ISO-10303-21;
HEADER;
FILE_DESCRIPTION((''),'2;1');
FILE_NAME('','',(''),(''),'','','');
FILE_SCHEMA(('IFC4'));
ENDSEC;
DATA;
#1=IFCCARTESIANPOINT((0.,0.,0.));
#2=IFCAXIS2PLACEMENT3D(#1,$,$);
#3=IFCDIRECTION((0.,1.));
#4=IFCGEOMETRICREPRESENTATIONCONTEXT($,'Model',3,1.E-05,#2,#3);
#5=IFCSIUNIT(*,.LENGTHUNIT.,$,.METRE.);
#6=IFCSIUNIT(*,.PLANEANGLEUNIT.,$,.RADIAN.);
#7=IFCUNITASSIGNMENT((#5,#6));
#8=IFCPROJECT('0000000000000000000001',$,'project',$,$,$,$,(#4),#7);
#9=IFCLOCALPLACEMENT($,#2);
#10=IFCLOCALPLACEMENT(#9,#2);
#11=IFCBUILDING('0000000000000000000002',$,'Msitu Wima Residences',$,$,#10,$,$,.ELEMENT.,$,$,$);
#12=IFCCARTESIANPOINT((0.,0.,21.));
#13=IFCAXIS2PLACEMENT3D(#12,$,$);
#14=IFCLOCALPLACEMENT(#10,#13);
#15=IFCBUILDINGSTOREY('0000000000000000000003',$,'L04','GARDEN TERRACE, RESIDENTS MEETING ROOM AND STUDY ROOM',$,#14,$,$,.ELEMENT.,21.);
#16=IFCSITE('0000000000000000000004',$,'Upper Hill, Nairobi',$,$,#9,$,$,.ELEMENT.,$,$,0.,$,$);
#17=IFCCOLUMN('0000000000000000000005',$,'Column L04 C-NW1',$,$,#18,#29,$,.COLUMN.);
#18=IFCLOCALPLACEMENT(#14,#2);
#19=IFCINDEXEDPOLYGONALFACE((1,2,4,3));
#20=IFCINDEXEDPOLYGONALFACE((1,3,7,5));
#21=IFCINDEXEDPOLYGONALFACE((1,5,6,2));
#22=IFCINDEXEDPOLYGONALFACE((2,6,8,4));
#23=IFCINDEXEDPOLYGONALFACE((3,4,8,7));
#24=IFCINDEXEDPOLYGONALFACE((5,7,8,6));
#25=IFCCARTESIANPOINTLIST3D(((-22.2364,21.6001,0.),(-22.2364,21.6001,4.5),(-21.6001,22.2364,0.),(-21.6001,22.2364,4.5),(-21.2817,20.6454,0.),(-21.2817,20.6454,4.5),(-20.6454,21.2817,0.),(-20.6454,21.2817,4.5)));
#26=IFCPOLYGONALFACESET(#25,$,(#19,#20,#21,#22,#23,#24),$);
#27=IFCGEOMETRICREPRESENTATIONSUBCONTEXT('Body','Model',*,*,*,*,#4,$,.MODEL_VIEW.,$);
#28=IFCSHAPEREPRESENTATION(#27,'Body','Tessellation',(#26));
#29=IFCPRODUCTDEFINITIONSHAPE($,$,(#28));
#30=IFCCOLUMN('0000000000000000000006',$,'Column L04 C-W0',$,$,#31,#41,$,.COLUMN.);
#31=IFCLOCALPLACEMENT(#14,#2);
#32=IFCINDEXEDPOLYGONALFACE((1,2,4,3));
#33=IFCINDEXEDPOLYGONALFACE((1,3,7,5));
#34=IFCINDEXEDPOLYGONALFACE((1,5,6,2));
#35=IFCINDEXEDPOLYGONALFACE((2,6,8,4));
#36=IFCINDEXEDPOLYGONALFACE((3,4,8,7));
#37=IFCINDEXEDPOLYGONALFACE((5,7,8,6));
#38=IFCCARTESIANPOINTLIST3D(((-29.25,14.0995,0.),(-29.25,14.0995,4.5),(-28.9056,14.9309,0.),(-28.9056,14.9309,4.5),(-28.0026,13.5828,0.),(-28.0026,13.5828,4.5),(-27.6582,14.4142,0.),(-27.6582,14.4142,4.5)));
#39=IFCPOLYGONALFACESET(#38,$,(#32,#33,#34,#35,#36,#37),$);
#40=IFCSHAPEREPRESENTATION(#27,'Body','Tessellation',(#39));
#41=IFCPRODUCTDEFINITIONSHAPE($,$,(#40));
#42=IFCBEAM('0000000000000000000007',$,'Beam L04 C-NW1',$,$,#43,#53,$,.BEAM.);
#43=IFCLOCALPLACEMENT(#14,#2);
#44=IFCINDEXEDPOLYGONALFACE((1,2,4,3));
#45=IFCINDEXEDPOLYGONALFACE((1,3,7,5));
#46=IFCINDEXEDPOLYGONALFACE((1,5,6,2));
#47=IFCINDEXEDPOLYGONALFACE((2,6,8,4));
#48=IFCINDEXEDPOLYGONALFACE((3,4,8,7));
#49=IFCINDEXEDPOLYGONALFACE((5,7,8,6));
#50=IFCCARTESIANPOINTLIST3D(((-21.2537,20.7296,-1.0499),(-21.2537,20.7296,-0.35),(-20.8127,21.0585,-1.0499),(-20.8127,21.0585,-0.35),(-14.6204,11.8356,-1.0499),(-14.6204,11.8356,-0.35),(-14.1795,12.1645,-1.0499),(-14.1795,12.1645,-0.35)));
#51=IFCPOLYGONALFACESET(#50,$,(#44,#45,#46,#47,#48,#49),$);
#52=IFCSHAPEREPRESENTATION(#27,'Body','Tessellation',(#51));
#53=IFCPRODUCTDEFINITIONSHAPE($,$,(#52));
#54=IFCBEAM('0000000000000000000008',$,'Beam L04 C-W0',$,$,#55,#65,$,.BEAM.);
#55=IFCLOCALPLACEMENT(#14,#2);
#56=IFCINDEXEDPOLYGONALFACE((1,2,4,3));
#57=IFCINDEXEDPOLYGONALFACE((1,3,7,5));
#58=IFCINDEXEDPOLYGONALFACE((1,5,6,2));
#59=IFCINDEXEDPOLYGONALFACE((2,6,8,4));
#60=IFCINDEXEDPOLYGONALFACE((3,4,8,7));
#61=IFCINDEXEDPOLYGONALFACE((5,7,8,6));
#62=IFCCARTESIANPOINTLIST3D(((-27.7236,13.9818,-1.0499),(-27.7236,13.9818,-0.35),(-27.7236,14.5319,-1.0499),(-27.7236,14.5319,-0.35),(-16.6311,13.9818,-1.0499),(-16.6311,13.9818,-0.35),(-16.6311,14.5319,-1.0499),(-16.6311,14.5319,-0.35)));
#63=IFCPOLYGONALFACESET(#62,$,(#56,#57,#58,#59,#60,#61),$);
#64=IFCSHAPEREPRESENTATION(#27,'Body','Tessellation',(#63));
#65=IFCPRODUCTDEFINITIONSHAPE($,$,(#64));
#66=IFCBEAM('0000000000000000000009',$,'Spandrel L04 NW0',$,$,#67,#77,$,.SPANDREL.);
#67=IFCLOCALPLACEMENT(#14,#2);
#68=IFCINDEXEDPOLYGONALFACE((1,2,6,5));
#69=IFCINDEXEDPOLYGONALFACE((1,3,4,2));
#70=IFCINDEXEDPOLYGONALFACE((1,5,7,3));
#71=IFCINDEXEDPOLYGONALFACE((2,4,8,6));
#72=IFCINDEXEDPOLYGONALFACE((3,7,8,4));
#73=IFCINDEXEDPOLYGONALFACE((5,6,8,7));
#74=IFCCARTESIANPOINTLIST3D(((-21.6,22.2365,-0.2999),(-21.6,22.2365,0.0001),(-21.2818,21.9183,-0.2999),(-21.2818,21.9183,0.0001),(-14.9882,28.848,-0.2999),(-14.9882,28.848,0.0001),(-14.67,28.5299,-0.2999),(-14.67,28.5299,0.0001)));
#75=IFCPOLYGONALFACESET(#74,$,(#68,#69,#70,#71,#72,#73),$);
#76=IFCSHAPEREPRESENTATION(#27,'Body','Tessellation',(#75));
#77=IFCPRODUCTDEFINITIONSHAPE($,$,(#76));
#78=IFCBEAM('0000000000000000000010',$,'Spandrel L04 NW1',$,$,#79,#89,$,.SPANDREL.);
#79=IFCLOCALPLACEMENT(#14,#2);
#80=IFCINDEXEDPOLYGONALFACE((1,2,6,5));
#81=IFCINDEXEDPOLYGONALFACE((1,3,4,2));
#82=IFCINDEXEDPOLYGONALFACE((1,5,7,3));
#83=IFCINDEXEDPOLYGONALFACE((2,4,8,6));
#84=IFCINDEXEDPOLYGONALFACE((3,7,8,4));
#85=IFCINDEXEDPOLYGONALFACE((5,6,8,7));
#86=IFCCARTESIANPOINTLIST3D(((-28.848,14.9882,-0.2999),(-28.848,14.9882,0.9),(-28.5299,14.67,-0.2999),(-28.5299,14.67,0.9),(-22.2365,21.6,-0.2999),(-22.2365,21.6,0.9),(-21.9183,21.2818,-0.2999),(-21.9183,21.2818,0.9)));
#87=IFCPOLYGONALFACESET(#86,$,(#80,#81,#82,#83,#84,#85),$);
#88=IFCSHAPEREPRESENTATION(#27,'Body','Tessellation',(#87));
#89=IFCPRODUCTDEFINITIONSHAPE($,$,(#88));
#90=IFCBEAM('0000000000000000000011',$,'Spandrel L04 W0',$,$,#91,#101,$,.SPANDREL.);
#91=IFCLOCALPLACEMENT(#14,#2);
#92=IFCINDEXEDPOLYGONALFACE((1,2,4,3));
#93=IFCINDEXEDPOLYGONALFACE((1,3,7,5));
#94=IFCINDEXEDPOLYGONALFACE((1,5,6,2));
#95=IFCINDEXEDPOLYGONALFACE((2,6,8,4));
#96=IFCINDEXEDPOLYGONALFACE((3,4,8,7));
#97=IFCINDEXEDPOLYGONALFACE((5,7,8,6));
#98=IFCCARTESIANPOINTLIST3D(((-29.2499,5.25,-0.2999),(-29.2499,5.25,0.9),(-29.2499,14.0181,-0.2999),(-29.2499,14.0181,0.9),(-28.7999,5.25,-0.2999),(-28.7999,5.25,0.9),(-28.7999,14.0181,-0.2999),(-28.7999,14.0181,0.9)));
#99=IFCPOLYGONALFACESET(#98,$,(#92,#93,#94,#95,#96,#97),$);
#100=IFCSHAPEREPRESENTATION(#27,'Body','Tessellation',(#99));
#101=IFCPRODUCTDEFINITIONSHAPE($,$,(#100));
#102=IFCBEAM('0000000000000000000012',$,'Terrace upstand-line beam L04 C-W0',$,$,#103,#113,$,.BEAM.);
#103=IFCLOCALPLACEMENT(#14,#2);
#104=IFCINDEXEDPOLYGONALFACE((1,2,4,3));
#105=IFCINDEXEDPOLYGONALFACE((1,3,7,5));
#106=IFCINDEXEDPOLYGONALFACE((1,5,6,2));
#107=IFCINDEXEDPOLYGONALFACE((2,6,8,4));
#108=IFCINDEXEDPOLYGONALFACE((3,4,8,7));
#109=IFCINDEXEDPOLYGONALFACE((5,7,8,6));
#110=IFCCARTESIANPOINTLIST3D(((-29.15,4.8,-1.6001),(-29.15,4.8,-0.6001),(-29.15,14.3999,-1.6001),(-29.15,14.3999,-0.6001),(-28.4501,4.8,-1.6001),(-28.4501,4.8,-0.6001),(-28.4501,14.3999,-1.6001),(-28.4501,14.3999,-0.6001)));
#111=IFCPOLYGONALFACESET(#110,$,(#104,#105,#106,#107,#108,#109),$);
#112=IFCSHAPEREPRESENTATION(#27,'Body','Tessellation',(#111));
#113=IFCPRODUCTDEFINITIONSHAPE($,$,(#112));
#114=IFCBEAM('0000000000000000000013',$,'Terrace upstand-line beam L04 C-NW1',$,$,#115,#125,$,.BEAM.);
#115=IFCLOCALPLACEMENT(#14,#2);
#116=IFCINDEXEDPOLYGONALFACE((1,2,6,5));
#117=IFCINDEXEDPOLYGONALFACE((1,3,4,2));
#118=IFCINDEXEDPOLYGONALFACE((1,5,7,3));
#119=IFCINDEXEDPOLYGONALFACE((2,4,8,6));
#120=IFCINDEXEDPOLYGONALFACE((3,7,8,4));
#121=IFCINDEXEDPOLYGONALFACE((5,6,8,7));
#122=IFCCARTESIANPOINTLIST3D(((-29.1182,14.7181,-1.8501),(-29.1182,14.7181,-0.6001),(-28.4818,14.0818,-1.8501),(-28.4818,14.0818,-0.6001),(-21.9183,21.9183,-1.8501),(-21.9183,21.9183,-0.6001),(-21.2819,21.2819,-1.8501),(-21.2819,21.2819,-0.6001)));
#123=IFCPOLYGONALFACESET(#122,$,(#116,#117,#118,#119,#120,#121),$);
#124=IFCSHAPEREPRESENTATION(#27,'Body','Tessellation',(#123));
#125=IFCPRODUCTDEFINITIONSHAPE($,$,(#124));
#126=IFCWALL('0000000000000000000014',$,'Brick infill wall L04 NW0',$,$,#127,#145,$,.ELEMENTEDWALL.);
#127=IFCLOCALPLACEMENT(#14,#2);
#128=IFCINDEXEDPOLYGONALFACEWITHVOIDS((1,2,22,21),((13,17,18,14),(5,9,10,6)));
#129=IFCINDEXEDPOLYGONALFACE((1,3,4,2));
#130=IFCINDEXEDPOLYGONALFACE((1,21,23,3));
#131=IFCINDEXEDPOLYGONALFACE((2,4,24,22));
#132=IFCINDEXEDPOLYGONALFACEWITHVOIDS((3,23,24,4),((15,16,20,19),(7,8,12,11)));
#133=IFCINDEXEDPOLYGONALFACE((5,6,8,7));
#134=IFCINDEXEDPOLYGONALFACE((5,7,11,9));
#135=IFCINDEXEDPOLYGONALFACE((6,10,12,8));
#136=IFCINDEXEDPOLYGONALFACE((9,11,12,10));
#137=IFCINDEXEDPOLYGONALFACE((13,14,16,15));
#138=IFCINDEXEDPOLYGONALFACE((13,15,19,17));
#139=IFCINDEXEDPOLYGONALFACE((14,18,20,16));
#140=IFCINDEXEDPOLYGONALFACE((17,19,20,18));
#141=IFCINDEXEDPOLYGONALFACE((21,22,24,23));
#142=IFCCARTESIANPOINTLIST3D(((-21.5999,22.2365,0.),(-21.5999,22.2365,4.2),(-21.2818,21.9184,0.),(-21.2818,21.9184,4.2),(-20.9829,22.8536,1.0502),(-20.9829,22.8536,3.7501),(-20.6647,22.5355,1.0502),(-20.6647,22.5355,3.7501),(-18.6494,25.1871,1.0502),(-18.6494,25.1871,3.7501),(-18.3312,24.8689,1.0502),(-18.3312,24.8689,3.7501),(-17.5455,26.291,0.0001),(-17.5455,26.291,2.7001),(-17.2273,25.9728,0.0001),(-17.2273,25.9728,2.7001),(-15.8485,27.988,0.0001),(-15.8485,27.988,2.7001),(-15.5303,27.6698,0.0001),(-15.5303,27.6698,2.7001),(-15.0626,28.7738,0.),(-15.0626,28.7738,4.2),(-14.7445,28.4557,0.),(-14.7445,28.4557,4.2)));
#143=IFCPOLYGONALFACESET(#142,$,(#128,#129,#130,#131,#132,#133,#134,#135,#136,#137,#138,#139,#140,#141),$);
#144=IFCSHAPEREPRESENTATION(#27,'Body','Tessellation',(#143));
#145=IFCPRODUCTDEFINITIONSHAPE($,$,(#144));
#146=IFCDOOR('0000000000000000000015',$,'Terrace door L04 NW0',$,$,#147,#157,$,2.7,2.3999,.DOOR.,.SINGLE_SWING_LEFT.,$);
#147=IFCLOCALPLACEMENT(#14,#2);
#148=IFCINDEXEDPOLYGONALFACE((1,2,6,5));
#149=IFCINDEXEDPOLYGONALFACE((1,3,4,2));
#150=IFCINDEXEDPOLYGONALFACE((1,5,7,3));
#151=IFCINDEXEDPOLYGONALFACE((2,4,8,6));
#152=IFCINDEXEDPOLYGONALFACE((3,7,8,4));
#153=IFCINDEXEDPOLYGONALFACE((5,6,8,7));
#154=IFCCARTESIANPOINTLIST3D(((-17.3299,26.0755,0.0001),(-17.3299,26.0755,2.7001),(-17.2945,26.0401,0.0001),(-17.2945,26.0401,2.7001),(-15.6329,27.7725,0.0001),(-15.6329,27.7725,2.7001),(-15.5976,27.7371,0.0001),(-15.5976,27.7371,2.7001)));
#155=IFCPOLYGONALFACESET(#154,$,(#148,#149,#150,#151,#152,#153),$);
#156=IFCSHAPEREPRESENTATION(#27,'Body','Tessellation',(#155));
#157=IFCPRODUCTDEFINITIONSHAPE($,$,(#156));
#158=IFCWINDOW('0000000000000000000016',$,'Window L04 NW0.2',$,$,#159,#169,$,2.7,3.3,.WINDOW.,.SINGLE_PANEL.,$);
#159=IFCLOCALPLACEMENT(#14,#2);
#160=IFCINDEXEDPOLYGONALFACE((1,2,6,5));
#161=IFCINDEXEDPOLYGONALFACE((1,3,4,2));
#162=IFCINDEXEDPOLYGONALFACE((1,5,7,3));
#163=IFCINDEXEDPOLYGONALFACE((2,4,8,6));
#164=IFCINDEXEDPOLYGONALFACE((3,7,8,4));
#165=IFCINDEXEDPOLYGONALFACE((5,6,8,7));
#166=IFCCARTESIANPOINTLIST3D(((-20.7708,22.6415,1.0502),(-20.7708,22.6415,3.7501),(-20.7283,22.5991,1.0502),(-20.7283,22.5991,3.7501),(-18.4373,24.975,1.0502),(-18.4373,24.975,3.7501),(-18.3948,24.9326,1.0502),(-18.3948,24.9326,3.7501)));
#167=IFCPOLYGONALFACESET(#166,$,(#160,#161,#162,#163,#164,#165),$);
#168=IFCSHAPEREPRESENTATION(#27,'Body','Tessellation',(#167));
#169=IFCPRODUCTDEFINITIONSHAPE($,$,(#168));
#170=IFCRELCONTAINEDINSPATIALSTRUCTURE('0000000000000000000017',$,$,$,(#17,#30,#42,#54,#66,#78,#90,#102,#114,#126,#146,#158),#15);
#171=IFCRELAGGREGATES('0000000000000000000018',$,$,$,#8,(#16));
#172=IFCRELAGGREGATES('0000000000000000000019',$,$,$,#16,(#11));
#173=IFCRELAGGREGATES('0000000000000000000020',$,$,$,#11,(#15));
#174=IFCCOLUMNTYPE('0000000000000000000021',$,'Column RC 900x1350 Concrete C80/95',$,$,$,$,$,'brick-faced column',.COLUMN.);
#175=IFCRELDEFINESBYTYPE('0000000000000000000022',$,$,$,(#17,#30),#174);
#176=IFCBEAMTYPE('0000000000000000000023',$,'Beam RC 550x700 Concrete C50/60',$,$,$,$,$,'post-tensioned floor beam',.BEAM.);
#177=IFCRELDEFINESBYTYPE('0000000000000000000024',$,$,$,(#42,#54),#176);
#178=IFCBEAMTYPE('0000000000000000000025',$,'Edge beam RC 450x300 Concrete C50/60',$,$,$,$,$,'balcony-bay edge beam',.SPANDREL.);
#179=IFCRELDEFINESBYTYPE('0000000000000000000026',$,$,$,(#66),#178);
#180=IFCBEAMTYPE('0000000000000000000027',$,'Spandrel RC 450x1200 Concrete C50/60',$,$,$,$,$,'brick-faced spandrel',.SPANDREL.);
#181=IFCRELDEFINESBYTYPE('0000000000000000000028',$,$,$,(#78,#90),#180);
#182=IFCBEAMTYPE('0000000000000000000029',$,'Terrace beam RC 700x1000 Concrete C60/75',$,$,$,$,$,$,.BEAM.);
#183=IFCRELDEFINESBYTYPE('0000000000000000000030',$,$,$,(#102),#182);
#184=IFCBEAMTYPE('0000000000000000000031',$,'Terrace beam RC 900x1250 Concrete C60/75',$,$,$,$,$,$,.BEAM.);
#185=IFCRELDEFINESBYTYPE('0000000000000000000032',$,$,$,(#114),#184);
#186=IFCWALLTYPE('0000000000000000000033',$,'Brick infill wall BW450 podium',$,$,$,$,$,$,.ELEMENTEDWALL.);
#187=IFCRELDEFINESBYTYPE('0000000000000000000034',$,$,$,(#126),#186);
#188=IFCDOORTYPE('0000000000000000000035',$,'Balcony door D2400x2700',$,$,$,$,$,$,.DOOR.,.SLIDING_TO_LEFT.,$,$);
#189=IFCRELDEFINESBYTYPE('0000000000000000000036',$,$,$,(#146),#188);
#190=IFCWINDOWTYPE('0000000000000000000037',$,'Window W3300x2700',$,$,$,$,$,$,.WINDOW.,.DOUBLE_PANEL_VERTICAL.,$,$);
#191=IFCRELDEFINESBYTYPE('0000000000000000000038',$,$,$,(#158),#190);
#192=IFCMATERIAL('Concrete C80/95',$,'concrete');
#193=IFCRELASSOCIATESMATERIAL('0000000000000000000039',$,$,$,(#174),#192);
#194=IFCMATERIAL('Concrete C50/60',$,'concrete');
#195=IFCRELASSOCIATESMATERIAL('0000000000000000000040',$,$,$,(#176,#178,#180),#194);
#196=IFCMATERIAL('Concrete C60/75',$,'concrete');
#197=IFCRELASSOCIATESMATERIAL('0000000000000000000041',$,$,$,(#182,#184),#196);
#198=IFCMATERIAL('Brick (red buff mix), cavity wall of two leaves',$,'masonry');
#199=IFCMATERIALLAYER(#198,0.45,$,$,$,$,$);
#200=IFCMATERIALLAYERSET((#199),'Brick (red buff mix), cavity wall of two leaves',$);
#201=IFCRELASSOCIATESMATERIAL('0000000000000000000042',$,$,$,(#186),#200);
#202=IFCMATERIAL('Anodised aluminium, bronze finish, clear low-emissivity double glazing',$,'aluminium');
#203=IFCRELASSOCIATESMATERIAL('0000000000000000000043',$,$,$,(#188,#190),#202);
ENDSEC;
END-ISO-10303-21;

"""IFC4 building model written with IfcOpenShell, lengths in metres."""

from ifc_helpers import new_model, si_unit, direction, frame, frame_2d, origin, origin_2d, place, context, subcontext, project, spatial, rectangle, extrude, material, layer, layer_set, material_profile, profile_set, type_object, element, fill, save


model = new_model("IFC4")

# Units and contexts
model_context = context("Model", 3, precision=1e-05, world=origin(), true_north=direction((0.0, 1.0)))
body_context = subcontext(model_context, "Body", "Model", "MODEL_VIEW")
ifc_project = project(units=[si_unit("LENGTHUNIT", "METRE"), si_unit("PLANEANGLEUNIT", "RADIAN")], contexts=[model_context])

# Site, building, storey
site_placement = place(None, origin())
site = spatial("IfcSite", under=ifc_project, at=site_placement, Name="Upper Hill, Nairobi", CompositionType="ELEMENT", RefElevation=0.0)
building_placement = place(site_placement, origin())
building = spatial("IfcBuilding", under=site, at=building_placement, Name="Msitu Wima Residences", CompositionType="ELEMENT")
storey_placement = place(building_placement, frame((0.0, 0.0, 21.0)))
storey = spatial("IfcBuildingStorey", under=building, at=storey_placement, Name="L04", Description="GARDEN TERRACE, RESIDENTS MEETING ROOM AND STUDY ROOM", CompositionType="ELEMENT", Elevation=21.0)

# Columns
ifc_material_1 = material(Name="Concrete C80/95", Category="concrete")
ifc_material_profile_1 = material_profile(ifc_material_1, rectangle(XDim=0.8999, YDim=1.3501, at=origin_2d()), Name="RC 900x1350")
ifc_profile_set_1 = profile_set([ifc_material_profile_1], Name="Concrete C80/95")
column_type = type_object("IfcColumnType", Name="Column RC 900x1350 Concrete C80/95", ElementType="brick-faced column", PredefinedType="COLUMN", material=ifc_profile_set_1)
for number, where, z_axis, x_axis, name in (
    (1, (-21.4409, 21.4409, 0.0), (0.0, 0.0, 1.0), (-0.707107, -0.707107, 0.0), "Column L04 C-NW1"),
    (2, (-28.4541, 14.2568, 0.0), (0.0, 0.0, 1.0), (-0.382683, -0.92388, 0.0), "Column L04 C-W0"),
):
    element("IfcColumn", number, at=place(storey_placement, frame(where, z_axis=z_axis, x_axis=x_axis)), inside=storey, type_object=column_type, Name=name, PredefinedType="COLUMN", context=body_context, shape_type="SweptSolid", body=[
        extrude(rectangle(XDim=0.8999, YDim=1.3501, at=origin_2d()), origin(), (0.0, 0.0, 1.0), 4.5),
    ])

# Beams
ifc_material_2 = material(Name="Concrete C50/60", Category="concrete")
ifc_material_profile_2 = material_profile(ifc_material_2, rectangle(XDim=0.55, YDim=0.7, at=origin_2d()), Name="RC 550x700")
ifc_profile_set_2 = profile_set([ifc_material_profile_2], Name="Concrete C50/60")
beam_type_1 = type_object("IfcBeamType", Name="Beam RC 550x700 Concrete C50/60", ElementType="post-tensioned floor beam", PredefinedType="BEAM", material=ifc_profile_set_2)
beam_1_placement = place(storey_placement, frame((-21.0332, 20.894, -0.7), z_axis=(0.59785, -0.801608, 0.0), x_axis=(0.801608, 0.59785, 0.0)))
element("IfcBeam", 3, at=beam_1_placement, inside=storey, type_object=beam_type_1, Name="Beam L04 C-NW1", PredefinedType="BEAM", context=body_context, shape_type="SweptSolid", body=[
    extrude(rectangle(XDim=0.55, YDim=0.7, at=origin_2d()), origin(), (0.0, 0.0, 1.0), 11.0952),
])
beam_2_placement = place(storey_placement, frame((-27.7236, 14.2568, -0.7), z_axis=(1.0, 0.0, 0.0), x_axis=(0.0, 1.0, 0.0)))
element("IfcBeam", 4, at=beam_2_placement, inside=storey, type_object=beam_type_1, Name="Beam L04 C-W0", PredefinedType="BEAM", context=body_context, shape_type="SweptSolid", body=[
    extrude(rectangle(XDim=0.55, YDim=0.7, at=origin_2d()), origin(), (0.0, 0.0, 1.0), 11.0925),
])
ifc_material_profile_3 = material_profile(ifc_material_2, rectangle(XDim=0.45, YDim=0.3, at=origin_2d()), Name="RC 450x300")
ifc_profile_set_3 = profile_set([ifc_material_profile_3], Name="Concrete C50/60")
beam_type_2 = type_object("IfcBeamType", Name="Edge beam RC 450x300 Concrete C50/60", ElementType="balcony-bay edge beam", PredefinedType="SPANDREL", material=ifc_profile_set_3)
beam_3_placement = place(storey_placement, frame((-14.8291, 28.689, -0.1499), z_axis=(-0.70712, -0.707094, 0.0), x_axis=(0.707094, -0.70712, 0.0)))
element("IfcBeam", 5, at=beam_3_placement, inside=storey, type_object=beam_type_2, Name="Spandrel L04 NW0", PredefinedType="SPANDREL", context=body_context, shape_type="SweptSolid", body=[
    extrude(rectangle(XDim=0.45, YDim=0.3, at=origin_2d()), origin(), (0.0, 0.0, 1.0), 9.3503),
])
ifc_material_profile_4 = material_profile(ifc_material_2, rectangle(XDim=0.45, YDim=1.2, at=origin_2d()), Name="RC 450x1200")
ifc_profile_set_4 = profile_set([ifc_material_profile_4], Name="Concrete C50/60")
beam_type_3 = type_object("IfcBeamType", Name="Spandrel RC 450x1200 Concrete C50/60", ElementType="brick-faced spandrel", PredefinedType="SPANDREL", material=ifc_profile_set_4)
beam_4_placement = place(storey_placement, frame((-22.0774, 21.4409, 0.3), z_axis=(-0.707094, -0.70712, 0.0), x_axis=(0.70712, -0.707094, 0.0)))
element("IfcBeam", 6, at=beam_4_placement, inside=storey, type_object=beam_type_3, Name="Spandrel L04 NW1", PredefinedType="SPANDREL", context=body_context, shape_type="SweptSolid", body=[
    extrude(rectangle(XDim=0.45, YDim=1.2, at=origin_2d()), origin(), (0.0, 0.0, 1.0), 9.3503),
])
beam_5_placement = place(storey_placement, frame((-29.0249, 14.0181, 0.3), z_axis=(0.0, -1.0, 0.0), x_axis=(1.0, 0.0, 0.0)))
element("IfcBeam", 7, at=beam_5_placement, inside=storey, type_object=beam_type_3, Name="Spandrel L04 W0", PredefinedType="SPANDREL", context=body_context, shape_type="SweptSolid", body=[
    extrude(rectangle(XDim=0.45, YDim=1.2, at=origin_2d()), origin(), (0.0, 0.0, 1.0), 8.7681),
])
ifc_material_3 = material(Name="Concrete C60/75", Category="concrete")
ifc_material_profile_5 = material_profile(ifc_material_3, rectangle(XDim=0.7, YDim=1.0, at=origin_2d()), Name="RC 700x1000")
ifc_profile_set_5 = profile_set([ifc_material_profile_5], Name="Concrete C60/75")
beam_type_4 = type_object("IfcBeamType", Name="Terrace beam RC 700x1000 Concrete C60/75", PredefinedType="BEAM", material=ifc_profile_set_5)
beam_6_placement = place(storey_placement, frame((-28.8, 14.3999, -1.1001), z_axis=(0.0, -1.0, 0.0), x_axis=(1.0, 0.0, 0.0)))
element("IfcBeam", 8, at=beam_6_placement, inside=storey, type_object=beam_type_4, Name="Terrace upstand-line beam L04 C-W0", PredefinedType="BEAM", context=body_context, shape_type="SweptSolid", body=[
    extrude(rectangle(XDim=0.7, YDim=1.0, at=origin_2d()), origin(), (0.0, 0.0, 1.0), 9.5999),
])
ifc_material_profile_6 = material_profile(ifc_material_3, rectangle(XDim=0.8999, YDim=1.25, at=origin_2d()), Name="RC 900x1250")
ifc_profile_set_6 = profile_set([ifc_material_profile_6], Name="Concrete C60/75")
beam_type_5 = type_object("IfcBeamType", Name="Terrace beam RC 900x1250 Concrete C60/75", PredefinedType="BEAM", material=ifc_profile_set_6)
beam_7_placement = place(storey_placement, frame((-21.6001, 21.6001, -1.2251), z_axis=(-0.707095, -0.707119, 0.0), x_axis=(0.707119, -0.707095, 0.0)))
element("IfcBeam", 9, at=beam_7_placement, inside=storey, type_object=beam_type_5, Name="Terrace upstand-line beam L04 C-NW1", PredefinedType="BEAM", context=body_context, shape_type="SweptSolid", body=[
    extrude(rectangle(XDim=0.8999, YDim=1.25, at=origin_2d()), origin(), (0.0, 0.0, 1.0), 10.1824),
])

# Wall, openings, door, window
ifc_material_4 = material(Name="Brick (red buff mix), cavity wall of two leaves", Category="masonry")
ifc_layer_1 = layer(ifc_material_4, 0.45)
ifc_layer_set_1 = layer_set([ifc_layer_1], Name="Brick (red buff mix), cavity wall of two leaves")
wall_type_1 = type_object("IfcWallType", Name="Brick infill wall BW450 podium", PredefinedType="ELEMENTEDWALL", material=ifc_layer_set_1)
wall_1_placement = place(storey_placement, frame((-14.9036, 28.6147, 0.0), z_axis=(0.0, 0.0, 1.0), x_axis=(-0.707107, -0.707107, 0.0)))
wall_1 = element("IfcWall", 10, at=wall_1_placement, inside=storey, type_object=wall_type_1, Name="Brick infill wall L04 NW0", PredefinedType="ELEMENTEDWALL", context=body_context, shape_type="SweptSolid", body=[
    extrude(rectangle(XDim=9.2451, YDim=0.45, at=frame_2d((4.6226, 0.0))), origin(), (0.0, 0.0, 1.0), 4.2),
])
opening_1_placement = place(wall_1_placement, frame((1.1113, 0.0, 0.0)))
opening_1 = element("IfcOpeningElement", 11, at=opening_1_placement, cuts=wall_1, PredefinedType="OPENING", context=body_context, shape_type="SweptSolid", body=[
    extrude(rectangle(XDim=2.3999, YDim=2.7, at=frame_2d((1.2, 1.3501))), frame((0.0, 0.2349, 0.0), z_axis=(0.0, -1.0, 0.0), x_axis=(1.0, 0.0, 0.0)), (0.0, 0.0, 1.0), 0.47),
])
opening_2_placement = place(wall_1_placement, frame((5.0725, 0.0, 1.05)))
opening_2 = element("IfcOpeningElement", 12, at=opening_2_placement, cuts=wall_1, PredefinedType="OPENING", context=body_context, shape_type="SweptSolid", body=[
    extrude(rectangle(XDim=3.3, YDim=2.7, at=frame_2d((1.6499, 1.3501))), frame((0.0, 0.2349, 0.0), z_axis=(0.0, -1.0, 0.0), x_axis=(1.0, 0.0, 0.0)), (0.0, 0.0, 1.0), 0.47),
])
ifc_material_5 = material(Name="Anodised aluminium, bronze finish, clear low-emissivity double glazing", Category="aluminium")
door_type_1 = type_object("IfcDoorType", Name="Balcony door D2400x2700", OperationType="SLIDING_TO_LEFT", PredefinedType="DOOR", material=ifc_material_5)
door_1_placement = place(opening_1_placement, origin())
door_1 = element("IfcDoor", 13, at=door_1_placement, inside=storey, type_object=door_type_1, Name="Terrace door L04 NW0", OperationType="SINGLE_SWING_LEFT", OverallHeight=2.7, OverallWidth=2.3999, PredefinedType="DOOR", context=body_context, shape_type="SweptSolid", body=[
    extrude(rectangle(XDim=2.3999, YDim=2.7, at=frame_2d((1.2, 1.3501))), frame((0.0, 0.1299, 0.0), z_axis=(0.0, -1.0, 0.0), x_axis=(1.0, 0.0, 0.0)), (0.0, 0.0, 1.0), 0.05),
])
fill(opening_1, door_1)
window_type_1 = type_object("IfcWindowType", Name="Window W3300x2700", PartitioningType="DOUBLE_PANEL_VERTICAL", PredefinedType="WINDOW", material=ifc_material_5)
window_1_placement = place(opening_2_placement, origin())
window_1 = element("IfcWindow", 14, at=window_1_placement, inside=storey, type_object=window_type_1, Name="Window L04 NW0.2", OverallHeight=2.7, OverallWidth=3.3, PartitioningType="SINGLE_PANEL", PredefinedType="WINDOW", context=body_context, shape_type="SweptSolid", body=[
    extrude(rectangle(XDim=3.3, YDim=2.7, at=frame_2d((1.6499, 1.3501))), frame((0.0, 0.135, 0.0), z_axis=(0.0, -1.0, 0.0), x_axis=(1.0, 0.0, 0.0)), (0.0, 0.0, 1.0), 0.0601),
])
fill(opening_2, window_1)

save(model, "model.ifc")
